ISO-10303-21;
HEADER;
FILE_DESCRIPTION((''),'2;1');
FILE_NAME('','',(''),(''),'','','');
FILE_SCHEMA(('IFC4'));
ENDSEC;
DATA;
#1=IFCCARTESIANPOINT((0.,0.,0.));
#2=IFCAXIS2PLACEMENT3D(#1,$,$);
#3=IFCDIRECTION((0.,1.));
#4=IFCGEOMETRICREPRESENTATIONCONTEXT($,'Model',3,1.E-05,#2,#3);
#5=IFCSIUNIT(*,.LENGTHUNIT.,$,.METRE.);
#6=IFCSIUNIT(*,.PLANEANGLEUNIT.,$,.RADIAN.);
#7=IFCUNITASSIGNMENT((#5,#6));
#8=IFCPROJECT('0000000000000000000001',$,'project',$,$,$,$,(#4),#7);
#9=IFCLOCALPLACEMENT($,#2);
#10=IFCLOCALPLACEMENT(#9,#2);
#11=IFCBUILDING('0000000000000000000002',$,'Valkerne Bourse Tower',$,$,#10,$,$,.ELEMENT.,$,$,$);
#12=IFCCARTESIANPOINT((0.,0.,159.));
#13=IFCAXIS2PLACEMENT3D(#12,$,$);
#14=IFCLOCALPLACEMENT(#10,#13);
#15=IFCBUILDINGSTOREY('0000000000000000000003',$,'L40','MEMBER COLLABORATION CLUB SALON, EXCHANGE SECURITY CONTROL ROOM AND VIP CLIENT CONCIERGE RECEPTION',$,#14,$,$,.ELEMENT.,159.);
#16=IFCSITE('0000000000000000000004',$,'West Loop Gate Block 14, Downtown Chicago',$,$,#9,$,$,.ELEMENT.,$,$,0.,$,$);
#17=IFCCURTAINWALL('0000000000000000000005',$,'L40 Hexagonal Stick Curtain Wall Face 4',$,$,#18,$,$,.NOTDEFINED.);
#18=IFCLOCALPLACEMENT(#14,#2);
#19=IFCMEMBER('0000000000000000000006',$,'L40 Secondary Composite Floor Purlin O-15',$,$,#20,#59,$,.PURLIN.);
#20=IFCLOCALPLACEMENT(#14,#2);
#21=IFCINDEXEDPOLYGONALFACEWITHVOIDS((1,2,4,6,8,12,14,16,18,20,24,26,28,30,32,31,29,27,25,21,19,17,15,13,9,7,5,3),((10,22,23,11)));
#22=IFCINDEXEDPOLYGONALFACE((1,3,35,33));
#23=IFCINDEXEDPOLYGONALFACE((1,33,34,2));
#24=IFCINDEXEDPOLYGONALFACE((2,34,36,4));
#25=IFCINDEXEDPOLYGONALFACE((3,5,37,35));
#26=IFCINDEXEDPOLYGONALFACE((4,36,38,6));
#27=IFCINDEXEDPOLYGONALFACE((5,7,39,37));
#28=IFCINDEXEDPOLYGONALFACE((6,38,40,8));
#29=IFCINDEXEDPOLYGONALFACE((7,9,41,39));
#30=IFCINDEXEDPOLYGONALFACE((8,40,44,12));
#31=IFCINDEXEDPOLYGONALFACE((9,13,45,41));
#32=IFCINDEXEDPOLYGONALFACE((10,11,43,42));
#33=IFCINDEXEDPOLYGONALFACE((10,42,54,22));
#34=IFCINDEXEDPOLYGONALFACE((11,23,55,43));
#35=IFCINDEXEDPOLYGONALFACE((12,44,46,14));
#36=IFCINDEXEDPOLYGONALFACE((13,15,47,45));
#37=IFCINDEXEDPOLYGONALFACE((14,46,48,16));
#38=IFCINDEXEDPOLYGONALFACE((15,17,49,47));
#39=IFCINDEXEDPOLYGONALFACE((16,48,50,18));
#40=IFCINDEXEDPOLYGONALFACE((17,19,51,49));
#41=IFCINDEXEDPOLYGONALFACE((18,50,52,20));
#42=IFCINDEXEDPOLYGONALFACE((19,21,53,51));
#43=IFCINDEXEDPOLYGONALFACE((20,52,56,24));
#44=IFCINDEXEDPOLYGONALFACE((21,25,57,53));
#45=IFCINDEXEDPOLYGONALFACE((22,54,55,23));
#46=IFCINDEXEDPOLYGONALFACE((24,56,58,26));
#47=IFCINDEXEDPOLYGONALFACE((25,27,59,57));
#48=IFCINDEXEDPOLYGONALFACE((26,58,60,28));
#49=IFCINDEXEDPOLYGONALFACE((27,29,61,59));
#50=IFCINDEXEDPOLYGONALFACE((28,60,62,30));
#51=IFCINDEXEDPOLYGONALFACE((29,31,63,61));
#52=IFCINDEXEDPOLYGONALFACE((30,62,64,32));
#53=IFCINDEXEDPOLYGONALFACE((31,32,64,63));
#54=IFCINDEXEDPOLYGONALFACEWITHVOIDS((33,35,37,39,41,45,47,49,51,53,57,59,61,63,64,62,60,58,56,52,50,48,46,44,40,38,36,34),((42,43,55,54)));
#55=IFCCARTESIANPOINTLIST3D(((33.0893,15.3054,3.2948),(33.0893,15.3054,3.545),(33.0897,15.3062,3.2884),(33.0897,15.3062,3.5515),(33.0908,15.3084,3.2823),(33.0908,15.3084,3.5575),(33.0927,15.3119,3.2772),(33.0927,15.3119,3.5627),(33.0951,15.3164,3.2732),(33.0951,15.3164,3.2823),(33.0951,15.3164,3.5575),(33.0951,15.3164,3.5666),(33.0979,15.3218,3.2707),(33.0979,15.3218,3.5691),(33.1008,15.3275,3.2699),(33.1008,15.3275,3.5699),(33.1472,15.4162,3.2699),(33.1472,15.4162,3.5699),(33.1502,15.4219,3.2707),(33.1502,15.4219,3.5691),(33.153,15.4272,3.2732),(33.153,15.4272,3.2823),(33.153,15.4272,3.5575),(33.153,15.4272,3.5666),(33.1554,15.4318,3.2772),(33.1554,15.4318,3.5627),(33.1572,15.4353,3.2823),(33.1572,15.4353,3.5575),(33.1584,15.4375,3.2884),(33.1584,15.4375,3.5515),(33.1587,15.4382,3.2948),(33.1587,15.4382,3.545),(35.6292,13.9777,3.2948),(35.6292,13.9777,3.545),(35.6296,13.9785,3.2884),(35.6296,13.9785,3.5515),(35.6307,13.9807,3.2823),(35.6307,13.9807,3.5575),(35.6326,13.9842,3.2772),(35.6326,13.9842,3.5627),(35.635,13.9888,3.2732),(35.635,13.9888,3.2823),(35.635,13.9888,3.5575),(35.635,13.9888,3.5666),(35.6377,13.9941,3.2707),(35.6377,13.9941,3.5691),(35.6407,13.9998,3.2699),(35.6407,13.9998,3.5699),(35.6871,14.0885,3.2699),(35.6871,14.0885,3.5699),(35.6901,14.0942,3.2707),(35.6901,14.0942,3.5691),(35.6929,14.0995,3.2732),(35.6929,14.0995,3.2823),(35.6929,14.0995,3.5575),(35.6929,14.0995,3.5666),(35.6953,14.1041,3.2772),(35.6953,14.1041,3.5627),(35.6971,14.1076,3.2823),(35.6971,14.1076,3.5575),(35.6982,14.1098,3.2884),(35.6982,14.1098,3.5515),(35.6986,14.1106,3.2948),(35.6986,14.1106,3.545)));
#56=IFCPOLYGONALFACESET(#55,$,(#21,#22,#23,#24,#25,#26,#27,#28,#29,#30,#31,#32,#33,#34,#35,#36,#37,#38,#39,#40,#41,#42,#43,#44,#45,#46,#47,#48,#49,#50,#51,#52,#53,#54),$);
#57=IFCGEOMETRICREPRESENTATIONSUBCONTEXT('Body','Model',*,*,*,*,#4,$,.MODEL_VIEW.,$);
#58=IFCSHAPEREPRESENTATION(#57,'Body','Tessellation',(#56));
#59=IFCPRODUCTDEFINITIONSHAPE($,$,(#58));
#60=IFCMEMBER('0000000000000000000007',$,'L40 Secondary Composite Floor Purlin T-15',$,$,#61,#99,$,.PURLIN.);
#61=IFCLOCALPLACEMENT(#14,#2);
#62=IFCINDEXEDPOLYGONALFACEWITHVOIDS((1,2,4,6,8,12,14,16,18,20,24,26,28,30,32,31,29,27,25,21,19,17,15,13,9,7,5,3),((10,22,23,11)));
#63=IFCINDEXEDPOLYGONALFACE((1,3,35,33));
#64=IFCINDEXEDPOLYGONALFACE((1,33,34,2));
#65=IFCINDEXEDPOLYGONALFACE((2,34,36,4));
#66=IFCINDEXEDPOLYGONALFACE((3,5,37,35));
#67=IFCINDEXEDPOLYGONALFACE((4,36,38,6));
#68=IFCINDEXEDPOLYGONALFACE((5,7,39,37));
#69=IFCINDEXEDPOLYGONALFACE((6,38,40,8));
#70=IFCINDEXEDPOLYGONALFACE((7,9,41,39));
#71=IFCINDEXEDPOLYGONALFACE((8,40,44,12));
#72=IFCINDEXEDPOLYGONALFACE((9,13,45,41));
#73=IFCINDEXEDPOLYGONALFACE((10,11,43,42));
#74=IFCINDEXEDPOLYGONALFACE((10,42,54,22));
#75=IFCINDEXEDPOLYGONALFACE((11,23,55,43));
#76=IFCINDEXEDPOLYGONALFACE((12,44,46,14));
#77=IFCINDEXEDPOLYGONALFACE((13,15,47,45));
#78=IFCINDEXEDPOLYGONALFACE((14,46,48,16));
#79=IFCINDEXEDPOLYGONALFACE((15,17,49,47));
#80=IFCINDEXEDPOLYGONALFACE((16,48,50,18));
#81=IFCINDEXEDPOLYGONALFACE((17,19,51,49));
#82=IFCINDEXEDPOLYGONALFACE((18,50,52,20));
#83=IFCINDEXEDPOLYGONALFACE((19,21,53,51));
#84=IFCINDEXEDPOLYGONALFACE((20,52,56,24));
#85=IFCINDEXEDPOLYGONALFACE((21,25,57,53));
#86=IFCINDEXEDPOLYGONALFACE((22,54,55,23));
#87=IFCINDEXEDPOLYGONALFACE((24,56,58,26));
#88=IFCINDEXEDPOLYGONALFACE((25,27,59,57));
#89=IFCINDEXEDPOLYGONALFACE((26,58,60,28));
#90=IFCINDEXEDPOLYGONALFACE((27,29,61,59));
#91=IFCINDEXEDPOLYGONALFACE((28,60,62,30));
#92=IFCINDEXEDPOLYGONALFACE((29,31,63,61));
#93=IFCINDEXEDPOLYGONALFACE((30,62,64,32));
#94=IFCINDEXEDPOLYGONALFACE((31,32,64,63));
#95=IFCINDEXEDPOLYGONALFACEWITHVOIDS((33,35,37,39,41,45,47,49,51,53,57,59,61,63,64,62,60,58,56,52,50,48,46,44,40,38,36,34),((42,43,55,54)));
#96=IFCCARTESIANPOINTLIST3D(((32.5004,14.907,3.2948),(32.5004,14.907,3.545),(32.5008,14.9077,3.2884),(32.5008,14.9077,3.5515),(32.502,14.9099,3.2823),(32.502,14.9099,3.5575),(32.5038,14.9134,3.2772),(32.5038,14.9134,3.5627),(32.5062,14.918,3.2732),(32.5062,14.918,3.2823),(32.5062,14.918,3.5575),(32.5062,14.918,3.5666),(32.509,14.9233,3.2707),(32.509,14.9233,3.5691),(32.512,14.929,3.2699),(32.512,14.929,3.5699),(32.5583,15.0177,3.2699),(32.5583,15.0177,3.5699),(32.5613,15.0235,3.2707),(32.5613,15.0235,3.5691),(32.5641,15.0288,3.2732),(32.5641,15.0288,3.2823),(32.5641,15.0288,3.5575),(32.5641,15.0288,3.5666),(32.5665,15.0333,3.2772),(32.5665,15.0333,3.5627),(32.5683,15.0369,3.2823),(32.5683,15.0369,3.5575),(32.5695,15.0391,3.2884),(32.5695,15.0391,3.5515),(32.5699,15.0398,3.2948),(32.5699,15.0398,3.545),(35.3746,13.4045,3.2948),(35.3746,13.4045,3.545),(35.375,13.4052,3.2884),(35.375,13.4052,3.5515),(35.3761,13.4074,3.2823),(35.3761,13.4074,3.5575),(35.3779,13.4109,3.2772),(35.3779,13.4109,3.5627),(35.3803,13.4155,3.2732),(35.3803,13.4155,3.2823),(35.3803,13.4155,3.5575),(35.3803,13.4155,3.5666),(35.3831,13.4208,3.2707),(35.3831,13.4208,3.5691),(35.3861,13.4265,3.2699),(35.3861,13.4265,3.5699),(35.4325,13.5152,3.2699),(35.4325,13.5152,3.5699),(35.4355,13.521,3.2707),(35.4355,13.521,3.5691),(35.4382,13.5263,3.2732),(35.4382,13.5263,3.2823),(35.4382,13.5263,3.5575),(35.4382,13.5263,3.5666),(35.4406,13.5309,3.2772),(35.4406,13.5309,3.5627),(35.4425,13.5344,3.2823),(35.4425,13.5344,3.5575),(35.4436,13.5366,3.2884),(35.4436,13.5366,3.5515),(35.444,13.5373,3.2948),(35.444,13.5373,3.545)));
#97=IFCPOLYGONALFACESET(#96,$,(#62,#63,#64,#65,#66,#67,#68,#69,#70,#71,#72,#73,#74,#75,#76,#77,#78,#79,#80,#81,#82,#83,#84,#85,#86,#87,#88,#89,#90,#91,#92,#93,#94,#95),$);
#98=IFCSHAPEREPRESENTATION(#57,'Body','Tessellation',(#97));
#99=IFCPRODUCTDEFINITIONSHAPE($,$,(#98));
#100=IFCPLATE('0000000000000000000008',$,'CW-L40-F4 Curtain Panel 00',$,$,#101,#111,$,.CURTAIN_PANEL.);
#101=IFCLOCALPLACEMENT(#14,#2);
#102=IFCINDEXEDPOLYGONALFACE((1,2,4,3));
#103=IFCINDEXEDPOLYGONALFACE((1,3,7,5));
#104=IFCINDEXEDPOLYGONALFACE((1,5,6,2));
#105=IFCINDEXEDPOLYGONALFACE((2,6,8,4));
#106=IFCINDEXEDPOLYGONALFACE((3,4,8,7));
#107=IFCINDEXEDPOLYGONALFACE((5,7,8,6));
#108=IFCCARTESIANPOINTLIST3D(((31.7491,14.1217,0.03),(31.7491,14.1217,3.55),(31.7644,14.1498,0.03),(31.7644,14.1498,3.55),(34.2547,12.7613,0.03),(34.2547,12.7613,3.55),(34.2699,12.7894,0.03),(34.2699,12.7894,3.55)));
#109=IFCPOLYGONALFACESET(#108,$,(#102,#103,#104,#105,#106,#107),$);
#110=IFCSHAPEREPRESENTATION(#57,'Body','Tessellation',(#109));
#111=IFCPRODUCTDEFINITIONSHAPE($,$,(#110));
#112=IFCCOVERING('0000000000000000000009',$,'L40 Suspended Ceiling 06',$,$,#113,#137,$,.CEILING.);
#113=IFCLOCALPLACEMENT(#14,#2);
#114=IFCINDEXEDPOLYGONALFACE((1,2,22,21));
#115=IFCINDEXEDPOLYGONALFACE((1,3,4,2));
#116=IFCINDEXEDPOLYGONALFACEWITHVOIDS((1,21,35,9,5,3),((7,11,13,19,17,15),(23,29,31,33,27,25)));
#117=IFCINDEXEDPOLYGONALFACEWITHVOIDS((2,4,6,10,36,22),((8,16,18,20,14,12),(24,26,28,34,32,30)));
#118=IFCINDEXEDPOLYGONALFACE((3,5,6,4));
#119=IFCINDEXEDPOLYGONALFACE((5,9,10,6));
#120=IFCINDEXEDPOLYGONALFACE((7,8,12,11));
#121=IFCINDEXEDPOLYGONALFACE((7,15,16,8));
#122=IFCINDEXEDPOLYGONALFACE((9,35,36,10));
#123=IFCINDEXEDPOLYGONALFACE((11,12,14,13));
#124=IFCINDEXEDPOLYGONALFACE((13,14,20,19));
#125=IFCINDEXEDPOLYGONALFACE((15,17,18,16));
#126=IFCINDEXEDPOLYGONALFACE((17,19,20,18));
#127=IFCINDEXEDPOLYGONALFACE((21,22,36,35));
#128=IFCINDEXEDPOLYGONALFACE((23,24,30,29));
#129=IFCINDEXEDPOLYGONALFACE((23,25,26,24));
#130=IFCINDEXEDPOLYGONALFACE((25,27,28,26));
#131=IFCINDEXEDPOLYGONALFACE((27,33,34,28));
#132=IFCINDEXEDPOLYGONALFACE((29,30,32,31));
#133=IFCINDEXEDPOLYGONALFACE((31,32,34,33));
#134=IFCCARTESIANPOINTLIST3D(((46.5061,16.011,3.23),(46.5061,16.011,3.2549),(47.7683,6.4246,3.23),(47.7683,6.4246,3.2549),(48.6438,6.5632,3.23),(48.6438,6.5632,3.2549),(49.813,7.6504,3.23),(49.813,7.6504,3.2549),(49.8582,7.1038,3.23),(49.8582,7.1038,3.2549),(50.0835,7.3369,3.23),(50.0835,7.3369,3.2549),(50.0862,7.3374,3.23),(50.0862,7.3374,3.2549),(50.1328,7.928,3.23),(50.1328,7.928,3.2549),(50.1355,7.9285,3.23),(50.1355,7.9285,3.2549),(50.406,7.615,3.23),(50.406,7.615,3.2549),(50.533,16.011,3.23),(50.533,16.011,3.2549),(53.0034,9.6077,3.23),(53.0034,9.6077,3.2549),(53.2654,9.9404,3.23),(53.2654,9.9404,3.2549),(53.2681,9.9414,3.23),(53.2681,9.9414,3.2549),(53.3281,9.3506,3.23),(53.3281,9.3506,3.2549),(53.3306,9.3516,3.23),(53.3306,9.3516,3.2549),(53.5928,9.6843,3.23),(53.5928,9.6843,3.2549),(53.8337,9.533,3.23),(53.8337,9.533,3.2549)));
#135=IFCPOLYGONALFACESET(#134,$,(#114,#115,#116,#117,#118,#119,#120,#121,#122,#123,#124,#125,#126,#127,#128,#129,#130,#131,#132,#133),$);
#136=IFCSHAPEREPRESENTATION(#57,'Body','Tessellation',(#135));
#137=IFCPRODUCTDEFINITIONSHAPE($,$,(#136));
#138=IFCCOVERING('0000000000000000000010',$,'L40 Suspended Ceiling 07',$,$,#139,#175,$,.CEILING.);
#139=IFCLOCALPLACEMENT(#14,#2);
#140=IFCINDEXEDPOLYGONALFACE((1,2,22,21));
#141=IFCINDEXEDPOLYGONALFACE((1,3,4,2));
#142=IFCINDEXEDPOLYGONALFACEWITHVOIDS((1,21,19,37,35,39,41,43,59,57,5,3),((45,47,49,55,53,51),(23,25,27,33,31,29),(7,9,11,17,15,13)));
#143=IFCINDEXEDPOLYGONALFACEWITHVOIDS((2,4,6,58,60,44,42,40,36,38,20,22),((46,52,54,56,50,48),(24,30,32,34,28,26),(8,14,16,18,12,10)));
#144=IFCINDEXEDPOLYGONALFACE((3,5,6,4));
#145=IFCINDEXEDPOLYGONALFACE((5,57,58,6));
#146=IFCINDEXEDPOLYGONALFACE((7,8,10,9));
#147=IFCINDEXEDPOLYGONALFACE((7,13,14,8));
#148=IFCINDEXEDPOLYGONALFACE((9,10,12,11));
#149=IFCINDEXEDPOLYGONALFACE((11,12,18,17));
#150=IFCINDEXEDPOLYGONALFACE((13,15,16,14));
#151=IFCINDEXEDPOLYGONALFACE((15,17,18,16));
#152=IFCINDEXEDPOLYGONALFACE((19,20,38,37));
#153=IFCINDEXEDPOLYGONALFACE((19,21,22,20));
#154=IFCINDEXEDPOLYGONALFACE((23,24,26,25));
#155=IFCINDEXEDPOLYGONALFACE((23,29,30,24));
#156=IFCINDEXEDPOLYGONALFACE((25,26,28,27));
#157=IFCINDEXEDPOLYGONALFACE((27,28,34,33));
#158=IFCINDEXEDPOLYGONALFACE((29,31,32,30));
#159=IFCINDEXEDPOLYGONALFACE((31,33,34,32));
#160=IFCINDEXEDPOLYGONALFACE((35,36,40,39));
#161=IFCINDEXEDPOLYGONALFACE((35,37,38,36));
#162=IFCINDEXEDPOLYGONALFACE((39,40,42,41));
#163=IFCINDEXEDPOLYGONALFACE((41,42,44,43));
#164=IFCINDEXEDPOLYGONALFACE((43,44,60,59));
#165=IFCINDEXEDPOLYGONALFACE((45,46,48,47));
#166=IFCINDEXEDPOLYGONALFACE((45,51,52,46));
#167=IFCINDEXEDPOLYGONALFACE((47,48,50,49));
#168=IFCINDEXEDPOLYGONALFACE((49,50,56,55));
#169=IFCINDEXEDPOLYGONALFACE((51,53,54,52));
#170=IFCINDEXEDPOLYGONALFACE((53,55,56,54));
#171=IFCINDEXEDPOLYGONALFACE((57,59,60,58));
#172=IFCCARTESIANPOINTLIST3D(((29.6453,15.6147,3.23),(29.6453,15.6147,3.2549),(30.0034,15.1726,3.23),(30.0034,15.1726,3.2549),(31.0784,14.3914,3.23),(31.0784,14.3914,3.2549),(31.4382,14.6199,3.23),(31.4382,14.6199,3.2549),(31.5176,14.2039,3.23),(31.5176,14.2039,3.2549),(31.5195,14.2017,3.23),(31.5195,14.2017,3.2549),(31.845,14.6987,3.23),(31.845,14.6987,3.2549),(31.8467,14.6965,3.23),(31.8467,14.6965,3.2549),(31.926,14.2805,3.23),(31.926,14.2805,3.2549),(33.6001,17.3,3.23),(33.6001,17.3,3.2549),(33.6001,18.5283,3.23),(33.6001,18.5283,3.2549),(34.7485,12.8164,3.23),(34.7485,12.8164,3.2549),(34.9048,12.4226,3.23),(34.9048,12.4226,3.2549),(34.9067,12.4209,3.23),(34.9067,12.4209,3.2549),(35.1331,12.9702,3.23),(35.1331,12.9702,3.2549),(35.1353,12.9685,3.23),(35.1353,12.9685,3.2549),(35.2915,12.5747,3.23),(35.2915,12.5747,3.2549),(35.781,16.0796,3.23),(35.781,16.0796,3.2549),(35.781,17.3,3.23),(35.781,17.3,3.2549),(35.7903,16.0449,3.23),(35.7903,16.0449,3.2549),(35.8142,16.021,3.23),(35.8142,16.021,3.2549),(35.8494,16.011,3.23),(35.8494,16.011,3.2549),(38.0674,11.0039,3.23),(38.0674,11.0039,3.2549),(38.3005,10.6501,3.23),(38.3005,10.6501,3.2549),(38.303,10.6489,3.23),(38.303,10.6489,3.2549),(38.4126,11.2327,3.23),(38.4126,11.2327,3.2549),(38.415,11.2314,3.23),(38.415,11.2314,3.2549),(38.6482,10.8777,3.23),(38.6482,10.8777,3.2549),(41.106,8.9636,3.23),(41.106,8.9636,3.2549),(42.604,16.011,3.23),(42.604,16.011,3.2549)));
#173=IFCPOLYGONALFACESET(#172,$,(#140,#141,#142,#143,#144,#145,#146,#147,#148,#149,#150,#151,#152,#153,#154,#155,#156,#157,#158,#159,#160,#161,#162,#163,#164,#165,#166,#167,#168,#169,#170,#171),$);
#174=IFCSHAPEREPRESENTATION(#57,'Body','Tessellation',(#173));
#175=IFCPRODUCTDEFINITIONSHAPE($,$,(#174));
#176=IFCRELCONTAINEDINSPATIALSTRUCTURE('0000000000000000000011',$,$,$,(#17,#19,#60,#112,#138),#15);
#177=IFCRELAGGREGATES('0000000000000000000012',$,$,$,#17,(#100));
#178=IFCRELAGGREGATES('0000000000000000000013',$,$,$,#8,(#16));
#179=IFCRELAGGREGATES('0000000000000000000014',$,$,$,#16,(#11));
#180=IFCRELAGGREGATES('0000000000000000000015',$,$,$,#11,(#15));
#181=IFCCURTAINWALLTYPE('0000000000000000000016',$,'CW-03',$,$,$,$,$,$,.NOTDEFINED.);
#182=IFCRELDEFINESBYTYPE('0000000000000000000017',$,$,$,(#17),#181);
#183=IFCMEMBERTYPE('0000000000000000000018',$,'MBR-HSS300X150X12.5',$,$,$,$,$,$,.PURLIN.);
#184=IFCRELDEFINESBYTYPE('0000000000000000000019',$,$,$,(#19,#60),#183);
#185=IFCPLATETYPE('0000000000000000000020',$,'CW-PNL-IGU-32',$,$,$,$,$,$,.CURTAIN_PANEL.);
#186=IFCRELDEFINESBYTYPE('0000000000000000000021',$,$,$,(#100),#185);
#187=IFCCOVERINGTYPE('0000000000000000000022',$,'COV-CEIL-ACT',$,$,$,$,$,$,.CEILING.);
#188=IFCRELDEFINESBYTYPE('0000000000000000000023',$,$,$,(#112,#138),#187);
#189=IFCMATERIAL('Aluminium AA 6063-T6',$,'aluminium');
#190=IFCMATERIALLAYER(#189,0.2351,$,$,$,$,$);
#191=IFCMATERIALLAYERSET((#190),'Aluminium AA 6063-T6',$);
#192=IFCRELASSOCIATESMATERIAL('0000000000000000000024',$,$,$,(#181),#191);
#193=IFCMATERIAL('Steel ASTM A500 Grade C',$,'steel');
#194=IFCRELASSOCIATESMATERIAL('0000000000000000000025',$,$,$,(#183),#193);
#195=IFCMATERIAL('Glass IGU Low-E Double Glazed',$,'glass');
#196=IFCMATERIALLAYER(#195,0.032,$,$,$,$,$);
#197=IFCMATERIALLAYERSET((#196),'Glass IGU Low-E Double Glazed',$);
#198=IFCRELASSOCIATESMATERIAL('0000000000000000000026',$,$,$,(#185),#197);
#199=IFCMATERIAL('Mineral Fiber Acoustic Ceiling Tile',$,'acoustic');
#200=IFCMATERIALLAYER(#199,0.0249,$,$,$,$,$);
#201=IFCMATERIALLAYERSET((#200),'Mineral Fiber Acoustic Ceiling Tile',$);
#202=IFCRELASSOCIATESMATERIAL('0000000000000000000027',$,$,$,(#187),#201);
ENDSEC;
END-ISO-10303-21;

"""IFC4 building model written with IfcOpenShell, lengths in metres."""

from ifc_helpers import new_model, si_unit, direction, frame, origin, origin_2d, place, context, subcontext, project, spatial, polyline, rectangle, hollow_rectangle, outline, extrude, material, layer, layer_set, material_profile, profile_set, type_object, element, aggregate, save


model = new_model("IFC4")

# Units and contexts
model_context = context("Model", 3, precision=1e-05, world=origin(), true_north=direction((0.0, 1.0)))
body_context = subcontext(model_context, "Body", "Model", "MODEL_VIEW")
ifc_project = project(units=[si_unit("LENGTHUNIT", "METRE"), si_unit("PLANEANGLEUNIT", "RADIAN")], contexts=[model_context])

# Site, building, storey
site_placement = place(None, origin())
site = spatial("IfcSite", under=ifc_project, at=site_placement, Name="West Loop Gate Block 14, Downtown Chicago", CompositionType="ELEMENT", RefElevation=0.0)
building_placement = place(site_placement, origin())
building = spatial("IfcBuilding", under=site, at=building_placement, Name="Valkerne Bourse Tower", CompositionType="ELEMENT")
storey_placement = place(building_placement, frame((0.0, 0.0, 159.0)))
storey = spatial("IfcBuildingStorey", under=building, at=storey_placement, Name="L40", Description="MEMBER COLLABORATION CLUB SALON, EXCHANGE SECURITY CONTROL ROOM AND VIP CLIENT CONCIERGE RECEPTION", CompositionType="ELEMENT", Elevation=159.0)

# Curtain wall
ifc_material_1 = material(Name="Aluminium AA 6063-T6", Category="aluminium")
ifc_layer_1 = layer(ifc_material_1, 0.2351)
ifc_layer_set_1 = layer_set([ifc_layer_1], Name="Aluminium AA 6063-T6")
curtain_wall_type = type_object("IfcCurtainWallType", Name="CW-03", PredefinedType="NOTDEFINED", material=ifc_layer_set_1)
curtain_wall_placement = place(storey_placement, origin())
curtain_wall = element("IfcCurtainWall", 1, at=curtain_wall_placement, inside=storey, type_object=curtain_wall_type, Name="L40 Hexagonal Stick Curtain Wall Face 4", PredefinedType="NOTDEFINED")

# Members
ifc_material_2 = material(Name="Steel ASTM A500 Grade C", Category="steel")
ifc_material_profile_1 = material_profile(ifc_material_2, hollow_rectangle(XDim=0.1499, YDim=0.3, WallThickness=0.0125, OuterFilletRadius=0.0249, at=origin_2d()), Name="HSS300X150X12.5")
ifc_profile_set_1 = profile_set([ifc_material_profile_1], Name="Steel ASTM A500 Grade C")
member_type_1 = type_object("IfcMemberType", Name="MBR-HSS300X150X12.5", PredefinedType="PURLIN", material=ifc_profile_set_1)
member_1_placement = place(storey_placement, frame((33.124, 15.3718, 3.4199), z_axis=(0.886223, -0.463259, 0.0), x_axis=(0.463259, 0.886223, 0.0)))
element("IfcMember", 2, at=member_1_placement, inside=storey, type_object=member_type_1, Name="L40 Secondary Composite Floor Purlin O-15", PredefinedType="PURLIN", context=body_context, shape_type="SweptSolid", body=[
    extrude(hollow_rectangle(XDim=0.1499, YDim=0.3, WallThickness=0.0125, OuterFilletRadius=0.0249, at=origin_2d()), origin(), (0.0, 0.0, 1.0), 2.866),
])
member_2_placement = place(storey_placement, frame((32.5352, 14.9734, 3.4199), z_axis=(0.886211, -0.463281, 0.0), x_axis=(0.463281, 0.886211, 0.0)))
element("IfcMember", 3, at=member_2_placement, inside=storey, type_object=member_type_1, Name="L40 Secondary Composite Floor Purlin T-15", PredefinedType="PURLIN", context=body_context, shape_type="SweptSolid", body=[
    extrude(hollow_rectangle(XDim=0.1499, YDim=0.3, WallThickness=0.0125, OuterFilletRadius=0.0249, at=origin_2d()), origin(), (0.0, 0.0, 1.0), 3.2432),
])

# Plate
ifc_material_3 = material(Name="Glass IGU Low-E Double Glazed", Category="glass")
ifc_layer_2 = layer(ifc_material_3, 0.032)
ifc_layer_set_2 = layer_set([ifc_layer_2], Name="Glass IGU Low-E Double Glazed")
plate_type = type_object("IfcPlateType", Name="CW-PNL-IGU-32", PredefinedType="CURTAIN_PANEL", material=ifc_layer_set_2)
plate_placement = place(storey_placement, frame((33.0095, 13.4556, 0.03), z_axis=(0.0, 0.0, 1.0), x_axis=(0.878823, -0.477147, 0.0)))
plate = element("IfcPlate", 4, at=plate_placement, type_object=plate_type, Name="CW-L40-F4 Curtain Panel 00", PredefinedType="CURTAIN_PANEL", context=body_context, shape_type="SweptSolid", body=[
    extrude(rectangle(XDim=2.8511, YDim=0.032, at=origin_2d()), origin(), (0.0, 0.0, 1.0), 3.52),
])
aggregate(curtain_wall, [plate])

# Coverings
ifc_material_4 = material(Name="Mineral Fiber Acoustic Ceiling Tile", Category="acoustic")
ifc_layer_3 = layer(ifc_material_4, 0.0249)
ifc_layer_set_3 = layer_set([ifc_layer_3], Name="Mineral Fiber Acoustic Ceiling Tile")
covering_type_1 = type_object("IfcCoveringType", Name="COV-CEIL-ACT", PredefinedType="CEILING", material=ifc_layer_set_3)
covering_1_placement = place(storey_placement, frame((0.0, 0.0, 3.23)))
element("IfcCovering", 5, at=covering_1_placement, inside=storey, type_object=covering_type_1, Name="L40 Suspended Ceiling 06", PredefinedType="CEILING", context=body_context, shape_type="SweptSolid", body=[
    extrude(outline(polyline([(47.7683, 6.4246), (46.5061, 16.011), (50.533, 16.011), (53.8337, 9.533), (49.8582, 7.1038), (48.6438, 6.5632), (47.7683, 6.4246)]), holes=[polyline([(50.406, 7.615), (50.1355, 7.9285), (50.1328, 7.928), (49.813, 7.6504), (50.0835, 7.3369), (50.0862, 7.3374), (50.406, 7.615)]), polyline([(53.5928, 9.6843), (53.2681, 9.9414), (53.2654, 9.9404), (53.0034, 9.6077), (53.3281, 9.3506), (53.3306, 9.3516), (53.5928, 9.6843)])]), origin(), (0.0, 0.0, 1.0), 0.0249),
])
covering_2_placement = place(storey_placement, frame((0.0, 0.0, 3.23)))
element("IfcCovering", 6, at=covering_2_placement, inside=storey, type_object=covering_type_1, Name="L40 Suspended Ceiling 07", PredefinedType="CEILING", context=body_context, shape_type="SweptSolid", body=[
    extrude(outline(polyline([(29.6453, 15.6147), (33.6001, 18.5283), (33.6001, 17.3), (35.781, 17.3), (35.781, 16.0796), (35.7903, 16.0449), (35.8142, 16.021), (35.8494, 16.011), (42.604, 16.011), (41.106, 8.9636), (31.0784, 14.3914), (30.0034, 15.1726), (29.6453, 15.6147)]), holes=[polyline([(38.415, 11.2314), (38.4126, 11.2327), (38.0674, 11.0039), (38.3005, 10.6501), (38.303, 10.6489), (38.6482, 10.8777), (38.415, 11.2314)]), polyline([(35.1353, 12.9685), (35.1331, 12.9702), (34.7485, 12.8164), (34.9048, 12.4226), (34.9067, 12.4209), (35.2915, 12.5747), (35.1353, 12.9685)]), polyline([(31.926, 14.2805), (31.8467, 14.6965), (31.845, 14.6987), (31.4382, 14.6199), (31.5176, 14.2039), (31.5195, 14.2017), (31.926, 14.2805)])]), origin(), (0.0, 0.0, 1.0), 0.0249),
])

save(model, "model.ifc")
